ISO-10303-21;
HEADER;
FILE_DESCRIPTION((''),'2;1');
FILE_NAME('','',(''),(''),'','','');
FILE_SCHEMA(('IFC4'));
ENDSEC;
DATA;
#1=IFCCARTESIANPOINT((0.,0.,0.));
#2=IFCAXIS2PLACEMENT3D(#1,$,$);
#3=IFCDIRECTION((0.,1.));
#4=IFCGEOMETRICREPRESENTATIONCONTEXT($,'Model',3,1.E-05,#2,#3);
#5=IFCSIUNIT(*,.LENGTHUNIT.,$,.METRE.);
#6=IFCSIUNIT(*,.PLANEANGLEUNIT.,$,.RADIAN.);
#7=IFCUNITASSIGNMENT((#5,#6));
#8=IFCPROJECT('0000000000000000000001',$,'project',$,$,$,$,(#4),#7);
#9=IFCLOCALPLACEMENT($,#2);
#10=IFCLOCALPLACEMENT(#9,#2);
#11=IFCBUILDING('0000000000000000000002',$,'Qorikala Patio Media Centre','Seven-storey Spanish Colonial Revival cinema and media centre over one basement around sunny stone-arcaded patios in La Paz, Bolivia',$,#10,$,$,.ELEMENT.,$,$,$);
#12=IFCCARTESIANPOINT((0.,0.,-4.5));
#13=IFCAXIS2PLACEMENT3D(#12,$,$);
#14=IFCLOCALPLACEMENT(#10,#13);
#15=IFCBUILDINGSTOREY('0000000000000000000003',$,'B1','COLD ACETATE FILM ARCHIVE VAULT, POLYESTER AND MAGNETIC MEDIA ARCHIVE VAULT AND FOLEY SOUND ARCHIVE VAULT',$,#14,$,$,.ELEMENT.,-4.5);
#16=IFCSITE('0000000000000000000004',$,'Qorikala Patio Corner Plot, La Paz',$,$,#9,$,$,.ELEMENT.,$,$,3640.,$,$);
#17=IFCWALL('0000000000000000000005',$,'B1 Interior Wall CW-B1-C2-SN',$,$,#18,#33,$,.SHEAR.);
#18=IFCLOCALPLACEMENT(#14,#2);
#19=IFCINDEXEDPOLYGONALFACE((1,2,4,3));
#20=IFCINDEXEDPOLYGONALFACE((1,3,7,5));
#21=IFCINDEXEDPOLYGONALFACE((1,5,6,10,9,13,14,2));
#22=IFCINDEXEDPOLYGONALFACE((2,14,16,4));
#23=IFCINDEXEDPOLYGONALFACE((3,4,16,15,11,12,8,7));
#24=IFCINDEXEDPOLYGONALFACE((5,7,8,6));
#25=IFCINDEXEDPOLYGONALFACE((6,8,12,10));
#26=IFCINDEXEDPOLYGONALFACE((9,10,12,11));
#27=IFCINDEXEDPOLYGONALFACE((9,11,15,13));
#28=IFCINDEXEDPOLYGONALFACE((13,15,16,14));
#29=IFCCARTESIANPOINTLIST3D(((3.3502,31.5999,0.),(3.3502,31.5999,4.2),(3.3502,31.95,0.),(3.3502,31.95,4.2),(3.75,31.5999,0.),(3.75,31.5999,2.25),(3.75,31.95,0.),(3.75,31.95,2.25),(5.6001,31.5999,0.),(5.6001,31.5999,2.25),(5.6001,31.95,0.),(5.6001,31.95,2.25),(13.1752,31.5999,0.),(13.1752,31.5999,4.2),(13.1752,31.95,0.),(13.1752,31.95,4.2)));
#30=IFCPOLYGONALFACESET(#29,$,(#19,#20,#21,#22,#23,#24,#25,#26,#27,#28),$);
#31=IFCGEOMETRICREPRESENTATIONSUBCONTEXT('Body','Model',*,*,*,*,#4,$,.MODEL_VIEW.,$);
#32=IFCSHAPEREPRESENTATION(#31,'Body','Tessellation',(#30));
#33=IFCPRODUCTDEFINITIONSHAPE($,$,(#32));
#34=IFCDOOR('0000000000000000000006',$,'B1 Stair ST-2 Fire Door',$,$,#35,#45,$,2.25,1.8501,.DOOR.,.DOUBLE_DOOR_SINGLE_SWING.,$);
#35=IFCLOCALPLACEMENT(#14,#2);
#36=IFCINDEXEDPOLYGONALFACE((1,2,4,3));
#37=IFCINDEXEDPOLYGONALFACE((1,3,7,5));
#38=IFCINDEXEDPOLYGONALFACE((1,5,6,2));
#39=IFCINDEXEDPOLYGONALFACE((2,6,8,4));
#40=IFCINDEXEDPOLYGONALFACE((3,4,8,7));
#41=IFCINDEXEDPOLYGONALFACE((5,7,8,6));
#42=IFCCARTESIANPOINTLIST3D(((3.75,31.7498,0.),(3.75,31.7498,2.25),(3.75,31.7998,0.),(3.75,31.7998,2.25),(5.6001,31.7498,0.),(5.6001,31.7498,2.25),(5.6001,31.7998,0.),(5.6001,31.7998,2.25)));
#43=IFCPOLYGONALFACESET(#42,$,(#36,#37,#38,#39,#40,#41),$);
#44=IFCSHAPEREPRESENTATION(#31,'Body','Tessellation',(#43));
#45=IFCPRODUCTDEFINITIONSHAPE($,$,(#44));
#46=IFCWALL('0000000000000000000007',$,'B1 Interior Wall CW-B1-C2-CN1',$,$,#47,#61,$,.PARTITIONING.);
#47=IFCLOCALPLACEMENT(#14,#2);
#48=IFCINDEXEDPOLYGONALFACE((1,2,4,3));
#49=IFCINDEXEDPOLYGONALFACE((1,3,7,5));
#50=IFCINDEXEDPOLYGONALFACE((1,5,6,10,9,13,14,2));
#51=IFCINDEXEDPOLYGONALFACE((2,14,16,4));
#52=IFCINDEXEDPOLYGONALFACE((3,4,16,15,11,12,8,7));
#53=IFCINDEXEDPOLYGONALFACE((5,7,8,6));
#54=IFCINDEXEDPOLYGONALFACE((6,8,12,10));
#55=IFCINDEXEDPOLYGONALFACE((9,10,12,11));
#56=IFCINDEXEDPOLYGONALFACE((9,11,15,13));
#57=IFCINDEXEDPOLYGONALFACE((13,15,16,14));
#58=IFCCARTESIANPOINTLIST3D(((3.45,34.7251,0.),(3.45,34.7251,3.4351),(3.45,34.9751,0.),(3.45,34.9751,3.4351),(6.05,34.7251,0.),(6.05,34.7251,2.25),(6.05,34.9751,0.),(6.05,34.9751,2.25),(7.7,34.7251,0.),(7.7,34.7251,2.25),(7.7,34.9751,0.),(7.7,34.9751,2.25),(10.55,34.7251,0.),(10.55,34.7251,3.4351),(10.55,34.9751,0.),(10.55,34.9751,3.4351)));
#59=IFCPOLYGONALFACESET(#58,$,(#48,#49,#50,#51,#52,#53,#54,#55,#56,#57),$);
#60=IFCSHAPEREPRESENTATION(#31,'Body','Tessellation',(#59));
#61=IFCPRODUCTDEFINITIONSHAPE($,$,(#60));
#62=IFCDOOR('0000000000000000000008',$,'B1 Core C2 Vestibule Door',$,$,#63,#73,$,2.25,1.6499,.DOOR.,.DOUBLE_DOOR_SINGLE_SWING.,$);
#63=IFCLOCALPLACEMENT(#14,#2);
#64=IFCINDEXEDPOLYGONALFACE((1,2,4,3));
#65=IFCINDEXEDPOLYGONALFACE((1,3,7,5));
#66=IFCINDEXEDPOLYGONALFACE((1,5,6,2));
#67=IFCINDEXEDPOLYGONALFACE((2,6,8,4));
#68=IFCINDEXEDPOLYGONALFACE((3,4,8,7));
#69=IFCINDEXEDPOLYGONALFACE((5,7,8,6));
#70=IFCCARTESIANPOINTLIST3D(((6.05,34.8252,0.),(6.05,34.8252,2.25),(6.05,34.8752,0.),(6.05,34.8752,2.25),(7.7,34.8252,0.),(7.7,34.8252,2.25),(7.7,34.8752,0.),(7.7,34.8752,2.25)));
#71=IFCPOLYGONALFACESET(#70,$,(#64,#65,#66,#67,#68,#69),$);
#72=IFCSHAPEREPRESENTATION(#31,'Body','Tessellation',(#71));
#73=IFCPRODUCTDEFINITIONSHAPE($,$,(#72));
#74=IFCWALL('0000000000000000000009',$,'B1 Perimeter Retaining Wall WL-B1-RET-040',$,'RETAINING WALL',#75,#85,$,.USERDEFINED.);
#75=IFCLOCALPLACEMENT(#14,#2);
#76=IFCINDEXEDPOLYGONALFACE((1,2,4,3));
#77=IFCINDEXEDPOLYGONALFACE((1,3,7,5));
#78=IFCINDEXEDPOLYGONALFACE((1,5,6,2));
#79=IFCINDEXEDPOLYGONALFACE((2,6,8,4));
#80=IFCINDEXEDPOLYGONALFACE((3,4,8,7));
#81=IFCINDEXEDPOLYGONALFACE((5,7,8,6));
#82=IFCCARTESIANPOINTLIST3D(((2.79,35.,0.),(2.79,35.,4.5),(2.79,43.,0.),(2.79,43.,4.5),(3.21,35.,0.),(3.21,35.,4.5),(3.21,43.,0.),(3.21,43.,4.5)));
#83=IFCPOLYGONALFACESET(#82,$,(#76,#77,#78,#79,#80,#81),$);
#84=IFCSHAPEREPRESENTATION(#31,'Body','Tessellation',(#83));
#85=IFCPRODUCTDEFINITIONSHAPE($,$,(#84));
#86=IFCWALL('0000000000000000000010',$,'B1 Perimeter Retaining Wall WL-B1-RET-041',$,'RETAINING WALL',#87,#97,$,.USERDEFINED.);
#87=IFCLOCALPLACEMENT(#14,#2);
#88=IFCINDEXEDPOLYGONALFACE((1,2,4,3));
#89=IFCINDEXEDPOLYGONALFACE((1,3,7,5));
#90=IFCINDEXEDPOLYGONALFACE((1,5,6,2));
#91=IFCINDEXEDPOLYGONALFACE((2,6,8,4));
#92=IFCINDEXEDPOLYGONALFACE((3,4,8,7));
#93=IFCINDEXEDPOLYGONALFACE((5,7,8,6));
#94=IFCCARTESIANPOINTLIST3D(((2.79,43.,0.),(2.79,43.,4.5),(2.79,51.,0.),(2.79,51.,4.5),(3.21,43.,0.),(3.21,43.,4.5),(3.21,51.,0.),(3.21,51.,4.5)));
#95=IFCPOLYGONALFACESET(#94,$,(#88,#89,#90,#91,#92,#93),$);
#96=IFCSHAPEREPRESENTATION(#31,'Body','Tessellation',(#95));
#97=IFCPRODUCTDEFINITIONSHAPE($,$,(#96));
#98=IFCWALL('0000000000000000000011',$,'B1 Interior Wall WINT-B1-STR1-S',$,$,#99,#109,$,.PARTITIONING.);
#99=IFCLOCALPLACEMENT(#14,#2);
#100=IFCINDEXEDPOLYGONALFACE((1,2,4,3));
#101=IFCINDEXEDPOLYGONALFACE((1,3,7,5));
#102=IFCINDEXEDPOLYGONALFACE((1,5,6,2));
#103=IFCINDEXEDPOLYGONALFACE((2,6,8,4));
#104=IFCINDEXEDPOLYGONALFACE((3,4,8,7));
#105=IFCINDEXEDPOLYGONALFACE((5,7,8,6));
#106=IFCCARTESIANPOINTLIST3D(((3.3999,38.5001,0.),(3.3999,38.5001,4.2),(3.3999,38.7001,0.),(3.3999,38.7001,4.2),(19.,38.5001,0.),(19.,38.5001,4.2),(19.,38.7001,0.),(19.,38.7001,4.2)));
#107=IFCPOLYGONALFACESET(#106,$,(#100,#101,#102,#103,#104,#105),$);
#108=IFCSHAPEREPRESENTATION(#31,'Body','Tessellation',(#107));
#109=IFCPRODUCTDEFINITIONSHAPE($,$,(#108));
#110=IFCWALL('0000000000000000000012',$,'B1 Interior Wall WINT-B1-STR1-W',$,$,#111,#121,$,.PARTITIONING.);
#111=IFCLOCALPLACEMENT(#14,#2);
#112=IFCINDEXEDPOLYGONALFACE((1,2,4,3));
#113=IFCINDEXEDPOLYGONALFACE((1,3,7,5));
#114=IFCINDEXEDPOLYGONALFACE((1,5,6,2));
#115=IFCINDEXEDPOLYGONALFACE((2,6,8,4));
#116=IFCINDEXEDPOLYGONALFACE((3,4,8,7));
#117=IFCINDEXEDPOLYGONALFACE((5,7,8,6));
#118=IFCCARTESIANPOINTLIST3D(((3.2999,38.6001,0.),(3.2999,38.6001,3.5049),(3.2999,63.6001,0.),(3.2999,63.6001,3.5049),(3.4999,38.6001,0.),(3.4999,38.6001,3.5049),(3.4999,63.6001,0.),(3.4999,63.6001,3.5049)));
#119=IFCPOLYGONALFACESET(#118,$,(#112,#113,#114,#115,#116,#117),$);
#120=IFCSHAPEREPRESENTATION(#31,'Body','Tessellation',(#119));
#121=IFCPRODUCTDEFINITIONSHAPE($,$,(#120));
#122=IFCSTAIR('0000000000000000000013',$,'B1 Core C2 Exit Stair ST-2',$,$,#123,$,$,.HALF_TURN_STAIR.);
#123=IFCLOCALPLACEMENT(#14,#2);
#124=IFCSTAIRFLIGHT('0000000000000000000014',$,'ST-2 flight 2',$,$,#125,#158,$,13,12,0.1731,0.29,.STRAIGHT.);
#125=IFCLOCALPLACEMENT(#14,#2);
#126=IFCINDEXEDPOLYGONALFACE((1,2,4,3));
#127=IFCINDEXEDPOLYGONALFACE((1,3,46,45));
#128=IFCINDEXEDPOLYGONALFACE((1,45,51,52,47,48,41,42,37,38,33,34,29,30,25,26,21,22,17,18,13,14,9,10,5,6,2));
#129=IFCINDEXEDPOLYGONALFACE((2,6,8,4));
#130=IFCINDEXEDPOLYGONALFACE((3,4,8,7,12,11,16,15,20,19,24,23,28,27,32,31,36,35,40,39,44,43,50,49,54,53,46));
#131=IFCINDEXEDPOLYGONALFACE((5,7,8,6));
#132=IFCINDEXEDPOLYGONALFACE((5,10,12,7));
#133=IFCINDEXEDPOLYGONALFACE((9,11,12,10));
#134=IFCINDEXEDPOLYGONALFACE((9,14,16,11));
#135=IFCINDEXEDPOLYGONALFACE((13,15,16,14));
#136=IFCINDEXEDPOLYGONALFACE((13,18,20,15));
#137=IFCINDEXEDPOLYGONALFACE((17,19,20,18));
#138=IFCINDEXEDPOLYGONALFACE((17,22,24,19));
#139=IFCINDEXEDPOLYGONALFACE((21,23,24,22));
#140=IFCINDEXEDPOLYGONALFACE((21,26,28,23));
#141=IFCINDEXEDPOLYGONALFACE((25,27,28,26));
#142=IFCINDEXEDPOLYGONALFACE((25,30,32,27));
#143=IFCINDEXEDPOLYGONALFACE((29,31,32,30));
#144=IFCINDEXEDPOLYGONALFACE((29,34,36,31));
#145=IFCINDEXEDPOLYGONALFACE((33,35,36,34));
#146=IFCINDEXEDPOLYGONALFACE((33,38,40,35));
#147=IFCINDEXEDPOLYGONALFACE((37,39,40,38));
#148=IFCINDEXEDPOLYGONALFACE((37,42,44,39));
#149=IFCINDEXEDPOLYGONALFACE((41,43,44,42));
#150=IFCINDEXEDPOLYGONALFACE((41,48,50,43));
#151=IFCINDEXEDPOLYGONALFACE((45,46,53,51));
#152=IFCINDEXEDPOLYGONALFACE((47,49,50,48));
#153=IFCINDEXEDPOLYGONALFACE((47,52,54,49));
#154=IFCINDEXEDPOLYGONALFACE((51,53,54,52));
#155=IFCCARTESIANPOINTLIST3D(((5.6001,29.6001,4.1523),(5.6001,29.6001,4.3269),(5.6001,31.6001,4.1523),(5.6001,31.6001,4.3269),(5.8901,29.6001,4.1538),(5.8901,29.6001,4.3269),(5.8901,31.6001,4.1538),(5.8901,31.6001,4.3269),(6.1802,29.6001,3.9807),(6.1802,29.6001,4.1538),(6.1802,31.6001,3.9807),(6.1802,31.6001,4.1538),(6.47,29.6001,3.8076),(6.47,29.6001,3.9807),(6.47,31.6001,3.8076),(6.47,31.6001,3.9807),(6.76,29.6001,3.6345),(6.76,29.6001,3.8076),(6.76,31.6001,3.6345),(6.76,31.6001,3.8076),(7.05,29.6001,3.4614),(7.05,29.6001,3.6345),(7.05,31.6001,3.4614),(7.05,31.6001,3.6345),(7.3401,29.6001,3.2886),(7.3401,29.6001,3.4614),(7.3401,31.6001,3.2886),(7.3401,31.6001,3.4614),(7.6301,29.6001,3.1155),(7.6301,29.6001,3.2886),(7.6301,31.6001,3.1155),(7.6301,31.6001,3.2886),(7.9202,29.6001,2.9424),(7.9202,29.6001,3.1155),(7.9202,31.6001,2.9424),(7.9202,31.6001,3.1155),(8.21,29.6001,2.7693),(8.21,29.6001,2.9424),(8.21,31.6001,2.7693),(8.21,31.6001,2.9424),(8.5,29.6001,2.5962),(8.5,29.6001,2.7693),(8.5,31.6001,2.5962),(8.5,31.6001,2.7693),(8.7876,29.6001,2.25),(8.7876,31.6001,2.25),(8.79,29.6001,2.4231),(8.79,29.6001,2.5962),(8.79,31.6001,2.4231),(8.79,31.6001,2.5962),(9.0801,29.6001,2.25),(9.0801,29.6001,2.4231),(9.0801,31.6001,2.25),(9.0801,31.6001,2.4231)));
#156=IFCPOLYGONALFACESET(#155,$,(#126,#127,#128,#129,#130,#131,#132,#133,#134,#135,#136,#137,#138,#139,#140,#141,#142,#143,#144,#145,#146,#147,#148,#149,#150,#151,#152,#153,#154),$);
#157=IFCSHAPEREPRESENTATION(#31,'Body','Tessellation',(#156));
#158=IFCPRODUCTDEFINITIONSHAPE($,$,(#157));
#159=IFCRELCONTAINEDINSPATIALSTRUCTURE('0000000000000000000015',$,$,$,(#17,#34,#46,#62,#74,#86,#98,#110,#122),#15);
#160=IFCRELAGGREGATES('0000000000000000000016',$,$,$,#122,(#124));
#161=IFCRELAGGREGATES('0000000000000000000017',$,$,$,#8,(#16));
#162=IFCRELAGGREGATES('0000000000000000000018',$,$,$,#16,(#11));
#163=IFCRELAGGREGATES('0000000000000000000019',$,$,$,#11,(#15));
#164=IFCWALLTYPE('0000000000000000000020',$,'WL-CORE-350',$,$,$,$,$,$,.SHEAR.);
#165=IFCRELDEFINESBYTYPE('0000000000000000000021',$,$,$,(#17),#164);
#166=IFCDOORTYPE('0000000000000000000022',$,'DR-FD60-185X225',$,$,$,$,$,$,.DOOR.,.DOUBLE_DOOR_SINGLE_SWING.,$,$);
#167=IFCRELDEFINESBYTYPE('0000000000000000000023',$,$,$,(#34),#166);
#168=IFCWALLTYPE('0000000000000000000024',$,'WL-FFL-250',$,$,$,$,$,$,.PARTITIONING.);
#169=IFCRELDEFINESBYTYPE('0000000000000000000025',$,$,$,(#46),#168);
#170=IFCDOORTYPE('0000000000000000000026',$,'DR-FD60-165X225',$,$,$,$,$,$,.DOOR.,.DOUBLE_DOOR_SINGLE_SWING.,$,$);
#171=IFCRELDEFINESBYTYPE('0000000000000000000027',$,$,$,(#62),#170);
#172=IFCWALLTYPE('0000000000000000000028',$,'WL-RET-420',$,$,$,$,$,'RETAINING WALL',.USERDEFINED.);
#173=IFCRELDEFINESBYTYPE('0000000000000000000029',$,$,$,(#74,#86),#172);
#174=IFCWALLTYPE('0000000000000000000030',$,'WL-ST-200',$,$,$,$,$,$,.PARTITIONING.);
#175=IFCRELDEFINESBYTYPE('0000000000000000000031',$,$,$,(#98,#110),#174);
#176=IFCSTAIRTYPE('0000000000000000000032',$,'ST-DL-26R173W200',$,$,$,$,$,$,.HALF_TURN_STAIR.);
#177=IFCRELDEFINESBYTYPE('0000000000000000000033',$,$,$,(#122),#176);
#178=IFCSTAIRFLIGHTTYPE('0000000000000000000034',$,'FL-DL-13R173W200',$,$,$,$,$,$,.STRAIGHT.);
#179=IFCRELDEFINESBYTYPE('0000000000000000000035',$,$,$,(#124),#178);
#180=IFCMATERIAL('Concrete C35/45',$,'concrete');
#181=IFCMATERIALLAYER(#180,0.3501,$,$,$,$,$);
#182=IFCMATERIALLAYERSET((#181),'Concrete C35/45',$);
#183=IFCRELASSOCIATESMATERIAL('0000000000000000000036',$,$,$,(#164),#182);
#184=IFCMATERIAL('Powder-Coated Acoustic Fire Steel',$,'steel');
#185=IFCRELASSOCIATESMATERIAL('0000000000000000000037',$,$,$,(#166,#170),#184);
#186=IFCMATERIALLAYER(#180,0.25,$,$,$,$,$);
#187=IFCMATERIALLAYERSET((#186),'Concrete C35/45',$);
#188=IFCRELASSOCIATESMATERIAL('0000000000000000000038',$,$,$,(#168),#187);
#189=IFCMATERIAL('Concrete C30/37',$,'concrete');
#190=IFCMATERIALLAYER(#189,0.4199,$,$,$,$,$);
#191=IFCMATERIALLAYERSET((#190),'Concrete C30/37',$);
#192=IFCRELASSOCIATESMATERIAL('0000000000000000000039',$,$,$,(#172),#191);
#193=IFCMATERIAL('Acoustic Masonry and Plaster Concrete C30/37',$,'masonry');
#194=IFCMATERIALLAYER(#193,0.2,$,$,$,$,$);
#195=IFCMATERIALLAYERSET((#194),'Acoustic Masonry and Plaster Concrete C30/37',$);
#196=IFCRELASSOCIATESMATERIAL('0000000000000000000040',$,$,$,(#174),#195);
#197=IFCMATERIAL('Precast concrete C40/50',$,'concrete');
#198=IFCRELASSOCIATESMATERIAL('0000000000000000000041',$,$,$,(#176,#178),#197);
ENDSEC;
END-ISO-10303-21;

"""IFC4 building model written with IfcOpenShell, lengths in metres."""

from ifc_helpers import new_model, si_unit, direction, frame, frame_2d, origin, place, context, subcontext, project, spatial, polyline, rectangle, outline, extrude, material, layer, layer_set, type_object, element, fill, aggregate, save


model = new_model("IFC4")

# Units and contexts
model_context = context("Model", 3, precision=1e-05, world=origin(), true_north=direction((0.0, 1.0)))
body_context = subcontext(model_context, "Body", "Model", "MODEL_VIEW")
ifc_project = project(units=[si_unit("LENGTHUNIT", "METRE"), si_unit("PLANEANGLEUNIT", "RADIAN")], contexts=[model_context])

# Site, building, storey
site_placement = place(None, origin())
site = spatial("IfcSite", under=ifc_project, at=site_placement, Name="Qorikala Patio Corner Plot, La Paz", CompositionType="ELEMENT", RefElevation=3640.0)
building_placement = place(site_placement, origin())
building = spatial("IfcBuilding", under=site, at=building_placement, Name="Qorikala Patio Media Centre", Description="Seven-storey Spanish Colonial Revival cinema and media centre over one basement around sunny stone-arcaded patios in La Paz, Bolivia", CompositionType="ELEMENT")
storey_placement = place(building_placement, frame((0.0, 0.0, -4.5)))
storey = spatial("IfcBuildingStorey", under=building, at=storey_placement, Name="B1", Description="COLD ACETATE FILM ARCHIVE VAULT, POLYESTER AND MAGNETIC MEDIA ARCHIVE VAULT AND FOLEY SOUND ARCHIVE VAULT", CompositionType="ELEMENT", Elevation=-4.5)

# Shared definitions
ifc_material_1 = material(Name="Concrete C30/37", Category="concrete")

# Shared definitions
ifc_material_2 = material(Name="Concrete C35/45", Category="concrete")

# Walls, openings, doors
ifc_layer_1 = layer(ifc_material_2, 0.3501)
ifc_layer_set_1 = layer_set([ifc_layer_1], Name="Concrete C35/45")
wall_type_1 = type_object("IfcWallType", Name="WL-CORE-350", PredefinedType="SHEAR", material=ifc_layer_set_1)
wall_1_placement = place(storey_placement, frame((3.3501, 31.7749, 0.0), z_axis=(0.0, 0.0, 1.0), x_axis=(1.0, 0.0, 0.0)))
wall_1 = element("IfcWall", 1, at=wall_1_placement, inside=storey, type_object=wall_type_1, Name="B1 Interior Wall CW-B1-C2-SN", PredefinedType="SHEAR", context=body_context, shape_type="SweptSolid", body=[
    extrude(rectangle(XDim=9.825, YDim=0.3501, at=frame_2d((4.9126, 0.0))), origin(), (0.0, 0.0, 1.0), 4.2),
])
opening_1_placement = place(wall_1_placement, frame((0.3999, 0.0, 0.0)))
opening_1 = element("IfcOpeningElement", 2, at=opening_1_placement, cuts=wall_1, PredefinedType="OPENING", context=body_context, shape_type="SweptSolid", body=[
    extrude(rectangle(XDim=1.8501, YDim=2.25, at=frame_2d((0.925, 1.125))), frame((0.0, 0.1851, 0.0), z_axis=(0.0, -1.0, 0.0), x_axis=(1.0, 0.0, 0.0)), (0.0, 0.0, 1.0), 0.3701),
])
ifc_material_3 = material(Name="Powder-Coated Acoustic Fire Steel", Category="steel")
door_type_1 = type_object("IfcDoorType", Name="DR-FD60-185X225", OperationType="DOUBLE_DOOR_SINGLE_SWING", PredefinedType="DOOR", material=ifc_material_3)
door_1_placement = place(opening_1_placement, origin())
door_1 = element("IfcDoor", 3, at=door_1_placement, inside=storey, type_object=door_type_1, Name="B1 Stair ST-2 Fire Door", OperationType="DOUBLE_DOOR_SINGLE_SWING", OverallHeight=2.25, OverallWidth=1.8501, PredefinedType="DOOR", context=body_context, shape_type="SweptSolid", body=[
    extrude(rectangle(XDim=1.8501, YDim=2.25, at=frame_2d((0.925, 1.125))), frame((0.0, 0.0249, 0.0), z_axis=(0.0, -1.0, 0.0), x_axis=(1.0, 0.0, 0.0)), (0.0, 0.0, 1.0), 0.05),
])
fill(opening_1, door_1)
ifc_layer_2 = layer(ifc_material_2, 0.25)
ifc_layer_set_2 = layer_set([ifc_layer_2], Name="Concrete C35/45")
wall_type_2 = type_object("IfcWallType", Name="WL-FFL-250", PredefinedType="PARTITIONING", material=ifc_layer_set_2)
wall_2_placement = place(storey_placement, frame((3.45, 34.8501, 0.0), z_axis=(0.0, 0.0, 1.0), x_axis=(1.0, 0.0, 0.0)))
wall_2 = element("IfcWall", 4, at=wall_2_placement, inside=storey, type_object=wall_type_2, Name="B1 Interior Wall CW-B1-C2-CN1", PredefinedType="PARTITIONING", context=body_context, shape_type="SweptSolid", body=[
    extrude(rectangle(XDim=7.1001, YDim=0.25, at=frame_2d((3.55, 0.0))), origin(), (0.0, 0.0, 1.0), 3.4351),
])
opening_2_placement = place(wall_2_placement, frame((2.6001, 0.0, 0.0)))
opening_2 = element("IfcOpeningElement", 5, at=opening_2_placement, cuts=wall_2, PredefinedType="OPENING", context=body_context, shape_type="SweptSolid", body=[
    extrude(rectangle(XDim=1.6499, YDim=2.25, at=frame_2d((0.825, 1.125))), frame((0.0, 0.135, 0.0), z_axis=(0.0, -1.0, 0.0), x_axis=(1.0, 0.0, 0.0)), (0.0, 0.0, 1.0), 0.27),
])
door_type_2 = type_object("IfcDoorType", Name="DR-FD60-165X225", OperationType="DOUBLE_DOOR_SINGLE_SWING", PredefinedType="DOOR", material=ifc_material_3)
door_2_placement = place(opening_2_placement, frame((1.6499, 0.0, 0.0), z_axis=(0.0, 0.0, 1.0), x_axis=(-1.0, 0.0, 0.0)))
door_2 = element("IfcDoor", 6, at=door_2_placement, inside=storey, type_object=door_type_2, Name="B1 Core C2 Vestibule Door", OperationType="DOUBLE_DOOR_SINGLE_SWING", OverallHeight=2.25, OverallWidth=1.6499, PredefinedType="DOOR", context=body_context, shape_type="SweptSolid", body=[
    extrude(rectangle(XDim=1.6499, YDim=2.25, at=frame_2d((0.825, 1.125))), frame((0.0, 0.0249, 0.0), z_axis=(0.0, -1.0, 0.0), x_axis=(1.0, 0.0, 0.0)), (0.0, 0.0, 1.0), 0.05),
])
fill(opening_2, door_2)

# Walls
ifc_layer_3 = layer(ifc_material_1, 0.4199)
ifc_layer_set_3 = layer_set([ifc_layer_3], Name="Concrete C30/37")
wall_type_3 = type_object("IfcWallType", Name="WL-RET-420", ElementType="RETAINING WALL", PredefinedType="USERDEFINED", material=ifc_layer_set_3)
for number, where, z_axis, x_axis, name in (
    (7, (3.0, 35.0, 0.0), (0.0, 0.0, 1.0), (0.0, 1.0, 0.0), "B1 Perimeter Retaining Wall WL-B1-RET-040"),
    (8, (3.0, 43.0, 0.0), (0.0, 0.0, 1.0), (0.0, 1.0, 0.0), "B1 Perimeter Retaining Wall WL-B1-RET-041"),
):
    element("IfcWall", number, at=place(storey_placement, frame(where, z_axis=z_axis, x_axis=x_axis)), inside=storey, type_object=wall_type_3, Name=name, ObjectType="RETAINING WALL", PredefinedType="USERDEFINED", context=body_context, shape_type="SweptSolid", body=[
        extrude(rectangle(XDim=8.0, YDim=0.4199, at=frame_2d((4.0, 0.0))), origin(), (0.0, 0.0, 1.0), 4.5),
    ])
ifc_material_4 = material(Name="Acoustic Masonry and Plaster Concrete C30/37", Category="masonry")
ifc_layer_4 = layer(ifc_material_4, 0.2)
ifc_layer_set_4 = layer_set([ifc_layer_4], Name="Acoustic Masonry and Plaster Concrete C30/37")
wall_type_4 = type_object("IfcWallType", Name="WL-ST-200", PredefinedType="PARTITIONING", material=ifc_layer_set_4)
wall_3_placement = place(storey_placement, frame((3.3999, 38.6001, 0.0), z_axis=(0.0, 0.0, 1.0), x_axis=(1.0, 0.0, 0.0)))
element("IfcWall", 9, at=wall_3_placement, inside=storey, type_object=wall_type_4, Name="B1 Interior Wall WINT-B1-STR1-S", PredefinedType="PARTITIONING", context=body_context, shape_type="SweptSolid", body=[
    extrude(rectangle(XDim=15.6001, YDim=0.2, at=frame_2d((7.8, 0.0))), origin(), (0.0, 0.0, 1.0), 4.2),
])
wall_4_placement = place(storey_placement, frame((3.3999, 38.6001, 0.0), z_axis=(0.0, 0.0, 1.0), x_axis=(0.0, 1.0, 0.0)))
element("IfcWall", 10, at=wall_4_placement, inside=storey, type_object=wall_type_4, Name="B1 Interior Wall WINT-B1-STR1-W", PredefinedType="PARTITIONING", context=body_context, shape_type="SweptSolid", body=[
    extrude(rectangle(XDim=25.0, YDim=0.2, at=frame_2d((12.5, 0.0))), origin(), (0.0, 0.0, 1.0), 3.5049),
])

# Stair, stair flight
ifc_material_5 = material(Name="Precast concrete C40/50", Category="concrete")
stair_type = type_object("IfcStairType", Name="ST-DL-26R173W200", PredefinedType="HALF_TURN_STAIR", material=ifc_material_5)
stair_placement = place(storey_placement, origin())
stair = element("IfcStair", 11, at=stair_placement, inside=storey, type_object=stair_type, Name="B1 Core C2 Exit Stair ST-2", PredefinedType="HALF_TURN_STAIR")
stair_flight_type = type_object("IfcStairFlightType", Name="FL-DL-13R173W200", PredefinedType="STRAIGHT", material=ifc_material_5)
stair_flight_placement = place(storey_placement, frame((9.0801, 30.6001, 2.25), z_axis=(0.0, 0.0, 1.0), x_axis=(-1.0, 0.0, 0.0)))
stair_flight = element("IfcStairFlight", 12, at=stair_flight_placement, type_object=stair_flight_type, Name="ST-2 flight 2", NumberOfRisers=13, NumberOfTreads=12, PredefinedType="STRAIGHT", RiserHeight=0.1731, TreadLength=0.29, context=body_context, shape_type="SweptSolid", body=[
    extrude(outline(polyline([(0.0, 0.0), (0.0, 0.1731), (0.29, 0.1731), (0.29, 0.3462), (0.5801, 0.3462), (0.5801, 0.5193), (0.8701, 0.5193), (0.8701, 0.6924), (1.1599, 0.6924), (1.1599, 0.8655), (1.45, 0.8655), (1.45, 1.0386), (1.74, 1.0386), (1.74, 1.2114), (2.03, 1.2114), (2.03, 1.3845), (2.3201, 1.3845), (2.3201, 1.5576), (2.6101, 1.5576), (2.6101, 1.7307), (2.8999, 1.7307), (2.8999, 1.9038), (3.1899, 1.9038), (3.1899, 2.0769), (3.48, 2.0769), (3.48, 2.25), (3.48, 1.9023), (0.2925, 0.0), (0.0, 0.0)])), frame((0.0, 1.0, 0.0), z_axis=(0.0, -1.0, 0.0), x_axis=(1.0, 0.0, 0.0)), (0.0, 0.0, 1.0), 2.0),
])
aggregate(stair, [stair_flight])

save(model, "model.ifc")
